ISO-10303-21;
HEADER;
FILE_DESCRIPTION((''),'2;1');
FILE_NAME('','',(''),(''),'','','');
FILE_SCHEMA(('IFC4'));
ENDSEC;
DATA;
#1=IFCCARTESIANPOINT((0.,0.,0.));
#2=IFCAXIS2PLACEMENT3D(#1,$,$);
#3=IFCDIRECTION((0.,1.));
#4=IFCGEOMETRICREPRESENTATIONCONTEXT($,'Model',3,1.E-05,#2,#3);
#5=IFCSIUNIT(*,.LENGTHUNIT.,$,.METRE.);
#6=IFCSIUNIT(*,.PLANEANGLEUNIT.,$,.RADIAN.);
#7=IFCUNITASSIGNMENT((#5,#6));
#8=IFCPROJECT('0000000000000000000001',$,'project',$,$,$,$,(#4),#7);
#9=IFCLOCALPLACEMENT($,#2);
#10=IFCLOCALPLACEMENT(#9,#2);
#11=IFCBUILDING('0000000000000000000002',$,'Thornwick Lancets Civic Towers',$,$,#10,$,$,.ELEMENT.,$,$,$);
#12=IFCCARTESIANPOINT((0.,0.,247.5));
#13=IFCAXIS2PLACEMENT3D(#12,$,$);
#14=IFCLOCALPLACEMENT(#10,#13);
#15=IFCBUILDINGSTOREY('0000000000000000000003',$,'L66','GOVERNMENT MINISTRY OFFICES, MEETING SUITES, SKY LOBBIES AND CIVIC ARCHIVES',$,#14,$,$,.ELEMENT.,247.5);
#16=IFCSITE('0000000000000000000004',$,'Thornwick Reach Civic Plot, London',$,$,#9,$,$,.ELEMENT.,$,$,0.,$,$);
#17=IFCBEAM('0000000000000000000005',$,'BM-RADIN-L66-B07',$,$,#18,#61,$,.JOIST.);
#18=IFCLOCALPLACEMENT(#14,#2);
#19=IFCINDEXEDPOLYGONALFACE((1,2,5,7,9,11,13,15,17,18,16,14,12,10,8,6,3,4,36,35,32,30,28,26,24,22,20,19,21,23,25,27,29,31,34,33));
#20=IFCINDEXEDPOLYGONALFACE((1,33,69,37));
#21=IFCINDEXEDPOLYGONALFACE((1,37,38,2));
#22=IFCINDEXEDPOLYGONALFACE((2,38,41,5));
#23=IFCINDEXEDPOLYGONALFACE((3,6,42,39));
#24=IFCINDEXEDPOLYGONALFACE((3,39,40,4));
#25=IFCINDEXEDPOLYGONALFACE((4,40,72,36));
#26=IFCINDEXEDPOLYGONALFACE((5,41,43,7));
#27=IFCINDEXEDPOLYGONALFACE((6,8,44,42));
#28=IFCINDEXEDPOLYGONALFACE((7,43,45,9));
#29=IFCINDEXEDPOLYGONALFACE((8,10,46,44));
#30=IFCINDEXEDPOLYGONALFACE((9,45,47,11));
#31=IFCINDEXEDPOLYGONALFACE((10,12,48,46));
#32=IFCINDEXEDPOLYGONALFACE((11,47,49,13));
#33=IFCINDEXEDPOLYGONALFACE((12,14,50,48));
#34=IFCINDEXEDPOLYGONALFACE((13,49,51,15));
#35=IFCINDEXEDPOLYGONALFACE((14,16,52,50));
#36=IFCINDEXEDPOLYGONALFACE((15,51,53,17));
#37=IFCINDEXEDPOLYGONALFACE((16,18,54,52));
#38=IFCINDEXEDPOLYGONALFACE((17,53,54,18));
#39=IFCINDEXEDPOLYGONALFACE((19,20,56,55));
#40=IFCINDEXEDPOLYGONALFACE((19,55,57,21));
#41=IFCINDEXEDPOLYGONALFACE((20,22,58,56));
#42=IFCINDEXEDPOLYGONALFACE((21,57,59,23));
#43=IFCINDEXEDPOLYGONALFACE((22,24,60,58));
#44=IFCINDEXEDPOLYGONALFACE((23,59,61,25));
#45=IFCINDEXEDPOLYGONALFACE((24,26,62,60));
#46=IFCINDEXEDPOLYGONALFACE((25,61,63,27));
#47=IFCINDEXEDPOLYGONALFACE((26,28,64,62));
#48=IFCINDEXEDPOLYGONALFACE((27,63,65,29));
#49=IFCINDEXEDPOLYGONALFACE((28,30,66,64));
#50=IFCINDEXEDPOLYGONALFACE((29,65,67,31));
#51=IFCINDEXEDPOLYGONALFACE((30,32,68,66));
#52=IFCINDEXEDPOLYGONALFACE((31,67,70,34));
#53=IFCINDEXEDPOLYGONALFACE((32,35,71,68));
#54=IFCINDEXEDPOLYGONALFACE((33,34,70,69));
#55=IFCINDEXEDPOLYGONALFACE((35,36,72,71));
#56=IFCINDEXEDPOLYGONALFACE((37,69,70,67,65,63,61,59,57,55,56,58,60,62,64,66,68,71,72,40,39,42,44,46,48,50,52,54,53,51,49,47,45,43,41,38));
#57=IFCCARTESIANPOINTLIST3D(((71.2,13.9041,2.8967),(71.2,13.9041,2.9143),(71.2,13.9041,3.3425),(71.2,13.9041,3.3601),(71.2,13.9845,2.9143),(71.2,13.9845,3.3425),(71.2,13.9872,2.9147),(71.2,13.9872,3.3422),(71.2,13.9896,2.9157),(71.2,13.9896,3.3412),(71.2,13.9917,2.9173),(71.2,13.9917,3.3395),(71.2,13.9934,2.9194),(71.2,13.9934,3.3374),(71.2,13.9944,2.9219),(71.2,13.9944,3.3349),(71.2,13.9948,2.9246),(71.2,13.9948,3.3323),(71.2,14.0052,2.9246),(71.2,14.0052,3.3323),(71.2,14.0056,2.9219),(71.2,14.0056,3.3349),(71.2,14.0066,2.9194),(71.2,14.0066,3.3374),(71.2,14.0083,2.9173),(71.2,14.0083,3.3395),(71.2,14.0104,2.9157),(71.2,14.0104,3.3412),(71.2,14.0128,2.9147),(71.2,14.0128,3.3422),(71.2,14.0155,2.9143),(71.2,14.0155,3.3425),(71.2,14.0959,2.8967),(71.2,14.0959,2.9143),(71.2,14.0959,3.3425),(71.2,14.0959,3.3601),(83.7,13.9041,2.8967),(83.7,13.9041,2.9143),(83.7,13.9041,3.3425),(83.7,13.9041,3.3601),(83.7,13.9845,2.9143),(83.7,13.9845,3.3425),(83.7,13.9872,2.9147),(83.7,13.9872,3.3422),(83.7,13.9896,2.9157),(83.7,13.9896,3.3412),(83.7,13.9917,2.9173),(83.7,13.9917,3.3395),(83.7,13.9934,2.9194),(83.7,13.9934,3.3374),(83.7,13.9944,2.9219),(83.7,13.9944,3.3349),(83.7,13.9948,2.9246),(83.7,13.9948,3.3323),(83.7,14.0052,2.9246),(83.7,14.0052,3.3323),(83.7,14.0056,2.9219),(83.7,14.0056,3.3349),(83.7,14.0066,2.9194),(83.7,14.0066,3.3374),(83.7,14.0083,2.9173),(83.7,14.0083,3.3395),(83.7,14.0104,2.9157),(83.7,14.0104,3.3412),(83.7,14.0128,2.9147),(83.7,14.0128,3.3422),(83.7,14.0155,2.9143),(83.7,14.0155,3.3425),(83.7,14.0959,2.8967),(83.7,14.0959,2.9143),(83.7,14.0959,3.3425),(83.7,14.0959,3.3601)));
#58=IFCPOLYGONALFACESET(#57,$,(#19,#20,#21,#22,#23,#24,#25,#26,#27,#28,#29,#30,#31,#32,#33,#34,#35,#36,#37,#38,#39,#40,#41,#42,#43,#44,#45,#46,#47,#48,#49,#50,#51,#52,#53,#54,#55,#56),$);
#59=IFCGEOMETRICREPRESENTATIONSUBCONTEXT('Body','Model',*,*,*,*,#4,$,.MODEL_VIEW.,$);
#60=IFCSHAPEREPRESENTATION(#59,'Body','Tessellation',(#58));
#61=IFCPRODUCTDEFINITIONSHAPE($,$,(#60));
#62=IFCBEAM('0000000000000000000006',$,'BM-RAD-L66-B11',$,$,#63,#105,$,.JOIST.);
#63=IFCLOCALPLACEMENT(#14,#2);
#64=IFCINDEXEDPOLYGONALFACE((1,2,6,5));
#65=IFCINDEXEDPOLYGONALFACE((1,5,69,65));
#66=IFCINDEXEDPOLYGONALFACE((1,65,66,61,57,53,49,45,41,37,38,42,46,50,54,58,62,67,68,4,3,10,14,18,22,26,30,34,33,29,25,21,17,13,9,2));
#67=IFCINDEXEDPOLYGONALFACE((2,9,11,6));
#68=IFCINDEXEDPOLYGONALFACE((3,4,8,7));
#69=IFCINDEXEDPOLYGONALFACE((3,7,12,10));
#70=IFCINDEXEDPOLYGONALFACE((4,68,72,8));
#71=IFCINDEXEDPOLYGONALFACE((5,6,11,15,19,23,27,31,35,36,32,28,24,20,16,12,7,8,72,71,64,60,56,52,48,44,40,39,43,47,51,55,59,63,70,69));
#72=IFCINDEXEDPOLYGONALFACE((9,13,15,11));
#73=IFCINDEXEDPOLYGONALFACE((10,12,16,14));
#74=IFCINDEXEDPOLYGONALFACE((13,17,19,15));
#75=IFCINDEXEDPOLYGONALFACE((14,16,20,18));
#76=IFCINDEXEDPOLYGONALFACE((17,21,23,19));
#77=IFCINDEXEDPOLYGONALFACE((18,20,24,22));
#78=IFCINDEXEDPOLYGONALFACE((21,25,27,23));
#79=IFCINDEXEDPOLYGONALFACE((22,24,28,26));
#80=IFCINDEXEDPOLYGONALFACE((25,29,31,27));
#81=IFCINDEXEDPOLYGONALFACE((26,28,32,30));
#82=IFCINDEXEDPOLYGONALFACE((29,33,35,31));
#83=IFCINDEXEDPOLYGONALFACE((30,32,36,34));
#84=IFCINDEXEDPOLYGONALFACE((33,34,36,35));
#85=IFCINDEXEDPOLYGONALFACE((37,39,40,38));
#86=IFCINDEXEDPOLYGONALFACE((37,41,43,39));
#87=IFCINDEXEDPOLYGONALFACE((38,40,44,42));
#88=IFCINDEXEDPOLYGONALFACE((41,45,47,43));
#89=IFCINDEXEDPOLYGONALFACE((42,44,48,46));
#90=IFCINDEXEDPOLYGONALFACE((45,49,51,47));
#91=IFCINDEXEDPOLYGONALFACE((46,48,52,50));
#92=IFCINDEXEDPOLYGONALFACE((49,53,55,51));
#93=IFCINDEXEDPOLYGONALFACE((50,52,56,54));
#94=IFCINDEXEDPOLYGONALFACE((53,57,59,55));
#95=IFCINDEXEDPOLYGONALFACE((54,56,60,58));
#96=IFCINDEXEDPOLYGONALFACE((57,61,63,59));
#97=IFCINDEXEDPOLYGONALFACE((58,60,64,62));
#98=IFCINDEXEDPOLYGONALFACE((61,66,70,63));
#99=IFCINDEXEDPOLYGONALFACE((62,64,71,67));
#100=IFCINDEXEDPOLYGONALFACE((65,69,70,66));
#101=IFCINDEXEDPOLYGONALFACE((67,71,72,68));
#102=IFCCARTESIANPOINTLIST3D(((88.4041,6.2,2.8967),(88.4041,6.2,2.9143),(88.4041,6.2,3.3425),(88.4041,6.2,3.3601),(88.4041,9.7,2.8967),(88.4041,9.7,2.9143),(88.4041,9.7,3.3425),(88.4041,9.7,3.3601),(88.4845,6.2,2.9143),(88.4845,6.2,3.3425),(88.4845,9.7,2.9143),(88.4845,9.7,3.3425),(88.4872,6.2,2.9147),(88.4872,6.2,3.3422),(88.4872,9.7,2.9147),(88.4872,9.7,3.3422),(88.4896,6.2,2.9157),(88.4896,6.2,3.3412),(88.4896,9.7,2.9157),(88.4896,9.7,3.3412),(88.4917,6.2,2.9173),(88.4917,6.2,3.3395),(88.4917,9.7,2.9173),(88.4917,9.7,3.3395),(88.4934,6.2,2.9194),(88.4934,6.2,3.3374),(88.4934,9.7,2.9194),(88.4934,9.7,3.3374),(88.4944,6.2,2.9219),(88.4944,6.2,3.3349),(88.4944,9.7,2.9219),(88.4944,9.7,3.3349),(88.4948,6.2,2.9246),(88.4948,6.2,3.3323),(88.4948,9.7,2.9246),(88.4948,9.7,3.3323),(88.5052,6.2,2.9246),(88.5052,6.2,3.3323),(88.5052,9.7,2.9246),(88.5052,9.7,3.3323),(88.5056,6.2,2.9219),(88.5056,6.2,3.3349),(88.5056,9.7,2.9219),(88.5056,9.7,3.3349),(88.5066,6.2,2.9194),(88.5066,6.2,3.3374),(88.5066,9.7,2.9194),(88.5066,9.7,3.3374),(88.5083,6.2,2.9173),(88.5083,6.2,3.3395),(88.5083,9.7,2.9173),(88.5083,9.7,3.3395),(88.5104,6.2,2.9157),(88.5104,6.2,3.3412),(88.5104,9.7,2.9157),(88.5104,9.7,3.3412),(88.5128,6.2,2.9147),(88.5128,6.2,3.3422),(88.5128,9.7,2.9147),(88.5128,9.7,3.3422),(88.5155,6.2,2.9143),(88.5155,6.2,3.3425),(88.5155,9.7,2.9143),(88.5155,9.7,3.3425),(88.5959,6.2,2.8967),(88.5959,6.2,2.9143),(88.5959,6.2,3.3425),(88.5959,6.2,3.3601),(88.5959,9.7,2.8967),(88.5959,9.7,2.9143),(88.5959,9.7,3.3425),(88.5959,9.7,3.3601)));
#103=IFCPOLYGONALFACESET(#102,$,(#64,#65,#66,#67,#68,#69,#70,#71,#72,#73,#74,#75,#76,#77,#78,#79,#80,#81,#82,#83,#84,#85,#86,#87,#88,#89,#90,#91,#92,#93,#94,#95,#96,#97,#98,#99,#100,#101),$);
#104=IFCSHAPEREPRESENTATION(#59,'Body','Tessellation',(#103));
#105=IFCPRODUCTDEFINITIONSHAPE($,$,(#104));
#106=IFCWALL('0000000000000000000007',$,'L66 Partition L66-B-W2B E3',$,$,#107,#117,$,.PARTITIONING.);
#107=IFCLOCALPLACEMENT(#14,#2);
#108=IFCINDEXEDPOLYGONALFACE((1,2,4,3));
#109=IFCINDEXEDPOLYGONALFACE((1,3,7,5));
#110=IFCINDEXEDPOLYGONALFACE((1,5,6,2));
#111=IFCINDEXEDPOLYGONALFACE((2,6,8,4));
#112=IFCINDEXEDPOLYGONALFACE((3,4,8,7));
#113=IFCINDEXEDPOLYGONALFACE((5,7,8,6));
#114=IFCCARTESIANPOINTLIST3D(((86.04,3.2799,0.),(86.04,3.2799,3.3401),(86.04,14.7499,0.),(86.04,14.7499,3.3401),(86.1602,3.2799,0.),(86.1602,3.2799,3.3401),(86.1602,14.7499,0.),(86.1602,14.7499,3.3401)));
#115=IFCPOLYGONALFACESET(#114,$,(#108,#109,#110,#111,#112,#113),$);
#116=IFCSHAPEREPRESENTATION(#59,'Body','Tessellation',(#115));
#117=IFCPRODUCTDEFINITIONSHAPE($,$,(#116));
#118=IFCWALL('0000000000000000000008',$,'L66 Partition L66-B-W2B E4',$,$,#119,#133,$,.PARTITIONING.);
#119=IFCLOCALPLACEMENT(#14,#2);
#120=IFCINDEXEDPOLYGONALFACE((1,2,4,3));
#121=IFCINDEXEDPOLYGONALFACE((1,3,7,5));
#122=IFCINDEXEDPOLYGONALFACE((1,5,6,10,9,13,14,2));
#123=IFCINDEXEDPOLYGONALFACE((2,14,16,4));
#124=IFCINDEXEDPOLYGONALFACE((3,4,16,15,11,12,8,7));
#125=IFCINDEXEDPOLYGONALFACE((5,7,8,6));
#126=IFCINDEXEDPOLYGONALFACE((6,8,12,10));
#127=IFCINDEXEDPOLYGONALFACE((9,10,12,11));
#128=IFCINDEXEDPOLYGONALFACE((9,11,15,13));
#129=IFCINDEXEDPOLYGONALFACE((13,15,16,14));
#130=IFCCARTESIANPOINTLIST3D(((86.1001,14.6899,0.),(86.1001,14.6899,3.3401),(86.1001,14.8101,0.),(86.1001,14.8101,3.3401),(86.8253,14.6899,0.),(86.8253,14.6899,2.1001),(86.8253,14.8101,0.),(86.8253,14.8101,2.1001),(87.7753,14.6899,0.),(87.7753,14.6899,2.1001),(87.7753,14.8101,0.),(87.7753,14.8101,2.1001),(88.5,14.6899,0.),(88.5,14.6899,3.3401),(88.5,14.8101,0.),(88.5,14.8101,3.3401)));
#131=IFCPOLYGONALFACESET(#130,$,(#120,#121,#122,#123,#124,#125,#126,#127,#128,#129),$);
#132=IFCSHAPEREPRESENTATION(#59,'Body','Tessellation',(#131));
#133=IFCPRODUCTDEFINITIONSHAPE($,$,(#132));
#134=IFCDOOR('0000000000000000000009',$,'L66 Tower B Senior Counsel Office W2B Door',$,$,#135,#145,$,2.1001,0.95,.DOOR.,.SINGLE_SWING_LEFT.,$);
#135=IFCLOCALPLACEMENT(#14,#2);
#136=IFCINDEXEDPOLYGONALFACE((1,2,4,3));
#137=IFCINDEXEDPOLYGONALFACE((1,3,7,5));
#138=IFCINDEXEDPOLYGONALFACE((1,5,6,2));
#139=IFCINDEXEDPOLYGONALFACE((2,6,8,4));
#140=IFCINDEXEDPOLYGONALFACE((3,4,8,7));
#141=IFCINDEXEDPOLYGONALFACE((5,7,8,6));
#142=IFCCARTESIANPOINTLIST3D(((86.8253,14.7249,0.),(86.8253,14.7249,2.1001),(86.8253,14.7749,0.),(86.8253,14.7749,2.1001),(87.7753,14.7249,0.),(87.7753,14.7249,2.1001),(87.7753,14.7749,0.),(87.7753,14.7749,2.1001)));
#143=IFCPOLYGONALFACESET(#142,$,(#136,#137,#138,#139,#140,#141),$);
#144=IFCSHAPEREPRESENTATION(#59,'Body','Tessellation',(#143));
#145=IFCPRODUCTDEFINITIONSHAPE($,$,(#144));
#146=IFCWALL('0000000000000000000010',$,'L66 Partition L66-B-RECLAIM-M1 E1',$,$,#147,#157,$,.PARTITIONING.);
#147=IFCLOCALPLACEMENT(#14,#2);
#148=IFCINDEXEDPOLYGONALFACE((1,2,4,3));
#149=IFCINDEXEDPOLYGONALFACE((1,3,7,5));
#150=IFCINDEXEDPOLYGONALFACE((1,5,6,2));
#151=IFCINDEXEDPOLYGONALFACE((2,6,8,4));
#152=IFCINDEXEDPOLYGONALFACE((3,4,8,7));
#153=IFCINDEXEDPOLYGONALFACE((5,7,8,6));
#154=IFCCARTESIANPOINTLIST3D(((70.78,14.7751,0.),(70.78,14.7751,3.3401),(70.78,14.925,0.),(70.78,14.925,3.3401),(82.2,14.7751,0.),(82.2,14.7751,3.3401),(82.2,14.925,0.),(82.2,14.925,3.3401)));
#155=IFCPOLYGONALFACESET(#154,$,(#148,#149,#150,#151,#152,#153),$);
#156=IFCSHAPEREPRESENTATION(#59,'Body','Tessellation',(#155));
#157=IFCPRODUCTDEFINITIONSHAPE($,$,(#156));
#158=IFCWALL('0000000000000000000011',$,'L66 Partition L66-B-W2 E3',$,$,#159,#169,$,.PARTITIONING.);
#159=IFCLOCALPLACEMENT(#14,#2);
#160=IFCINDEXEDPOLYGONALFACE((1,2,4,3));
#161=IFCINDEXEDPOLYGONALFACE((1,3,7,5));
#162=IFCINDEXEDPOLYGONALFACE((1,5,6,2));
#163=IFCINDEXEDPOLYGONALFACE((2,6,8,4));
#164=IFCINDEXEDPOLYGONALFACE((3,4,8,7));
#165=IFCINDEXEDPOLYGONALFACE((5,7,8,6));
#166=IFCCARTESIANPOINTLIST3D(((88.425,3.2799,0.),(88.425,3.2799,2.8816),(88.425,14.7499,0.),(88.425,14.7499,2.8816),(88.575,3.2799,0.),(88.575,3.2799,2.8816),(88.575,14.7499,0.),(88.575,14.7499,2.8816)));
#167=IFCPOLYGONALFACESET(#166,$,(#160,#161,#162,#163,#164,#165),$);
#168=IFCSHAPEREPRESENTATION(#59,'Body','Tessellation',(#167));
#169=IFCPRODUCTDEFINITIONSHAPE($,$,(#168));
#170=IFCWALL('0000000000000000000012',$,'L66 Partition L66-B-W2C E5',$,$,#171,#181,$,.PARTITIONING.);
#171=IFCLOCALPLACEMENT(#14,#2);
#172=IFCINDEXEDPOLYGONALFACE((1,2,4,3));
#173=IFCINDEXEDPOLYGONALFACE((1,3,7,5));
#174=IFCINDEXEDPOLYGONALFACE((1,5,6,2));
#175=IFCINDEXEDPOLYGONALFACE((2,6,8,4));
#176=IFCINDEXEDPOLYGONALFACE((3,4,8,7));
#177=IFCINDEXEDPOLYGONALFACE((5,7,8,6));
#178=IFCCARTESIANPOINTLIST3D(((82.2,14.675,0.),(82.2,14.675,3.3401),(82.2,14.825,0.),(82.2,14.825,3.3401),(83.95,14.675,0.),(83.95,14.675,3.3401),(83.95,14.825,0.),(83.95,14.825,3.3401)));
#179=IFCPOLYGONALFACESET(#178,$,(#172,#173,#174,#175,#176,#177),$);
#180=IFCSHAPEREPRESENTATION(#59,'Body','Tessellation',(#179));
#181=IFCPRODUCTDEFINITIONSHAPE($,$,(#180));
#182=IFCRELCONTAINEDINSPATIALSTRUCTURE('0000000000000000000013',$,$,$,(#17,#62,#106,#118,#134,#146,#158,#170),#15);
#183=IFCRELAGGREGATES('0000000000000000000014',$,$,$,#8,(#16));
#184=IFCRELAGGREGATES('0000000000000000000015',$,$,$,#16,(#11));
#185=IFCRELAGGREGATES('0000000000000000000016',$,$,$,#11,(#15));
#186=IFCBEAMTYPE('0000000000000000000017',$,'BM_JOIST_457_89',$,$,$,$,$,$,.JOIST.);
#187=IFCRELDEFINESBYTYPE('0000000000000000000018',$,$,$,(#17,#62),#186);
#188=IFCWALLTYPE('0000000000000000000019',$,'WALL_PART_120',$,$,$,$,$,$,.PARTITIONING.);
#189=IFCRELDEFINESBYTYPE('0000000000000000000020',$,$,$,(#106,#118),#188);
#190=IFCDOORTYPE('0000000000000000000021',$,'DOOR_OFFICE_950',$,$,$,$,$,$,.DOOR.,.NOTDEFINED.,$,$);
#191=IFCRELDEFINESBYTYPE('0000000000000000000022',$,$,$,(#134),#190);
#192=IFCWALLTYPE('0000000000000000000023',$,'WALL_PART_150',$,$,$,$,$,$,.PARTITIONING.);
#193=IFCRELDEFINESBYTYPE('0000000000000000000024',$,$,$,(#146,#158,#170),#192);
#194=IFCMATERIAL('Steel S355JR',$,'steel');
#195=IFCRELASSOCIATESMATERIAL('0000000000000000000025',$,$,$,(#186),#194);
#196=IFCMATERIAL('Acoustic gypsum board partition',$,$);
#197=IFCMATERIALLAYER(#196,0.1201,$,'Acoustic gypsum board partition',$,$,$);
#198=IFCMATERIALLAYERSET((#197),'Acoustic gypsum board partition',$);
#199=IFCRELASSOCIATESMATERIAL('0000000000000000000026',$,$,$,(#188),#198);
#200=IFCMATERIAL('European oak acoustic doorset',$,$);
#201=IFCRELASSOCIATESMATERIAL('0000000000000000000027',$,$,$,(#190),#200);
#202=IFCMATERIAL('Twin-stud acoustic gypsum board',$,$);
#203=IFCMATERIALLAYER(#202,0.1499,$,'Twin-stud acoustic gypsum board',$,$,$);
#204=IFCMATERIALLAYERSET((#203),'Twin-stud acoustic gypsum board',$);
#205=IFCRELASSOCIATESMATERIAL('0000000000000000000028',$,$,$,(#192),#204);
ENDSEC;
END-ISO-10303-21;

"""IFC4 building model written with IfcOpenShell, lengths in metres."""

from ifc_helpers import new_model, si_unit, direction, frame, frame_2d, origin, origin_2d, place, context, subcontext, project, spatial, rectangle, i_section, extrude, material, layer, layer_set, material_profile, profile_set, type_object, element, fill, save


model = new_model("IFC4")

# Units and contexts
model_context = context("Model", 3, precision=1e-05, world=origin(), true_north=direction((0.0, 1.0)))
body_context = subcontext(model_context, "Body", "Model", "MODEL_VIEW")
ifc_project = project(units=[si_unit("LENGTHUNIT", "METRE"), si_unit("PLANEANGLEUNIT", "RADIAN")], contexts=[model_context])

# Site, building, storey
site_placement = place(None, origin())
site = spatial("IfcSite", under=ifc_project, at=site_placement, Name="Thornwick Reach Civic Plot, London", CompositionType="ELEMENT", RefElevation=0.0)
building_placement = place(site_placement, origin())
building = spatial("IfcBuilding", under=site, at=building_placement, Name="Thornwick Lancets Civic Towers", CompositionType="ELEMENT")
storey_placement = place(building_placement, frame((0.0, 0.0, 247.5)))
storey = spatial("IfcBuildingStorey", under=building, at=storey_placement, Name="L66", Description="GOVERNMENT MINISTRY OFFICES, MEETING SUITES, SKY LOBBIES AND CIVIC ARCHIVES", CompositionType="ELEMENT", Elevation=247.5)

# Shared definitions
ifc_material_1 = material(Name="Steel S355JR", Category="steel")

# Beams
ifc_material_profile_1 = material_profile(ifc_material_1, i_section(OverallWidth=0.1919, OverallDepth=0.4634, WebThickness=0.0105, FlangeThickness=0.0176, FilletRadius=0.0103, at=origin_2d()), Name="UKB 457x191x89")
ifc_profile_set_1 = profile_set([ifc_material_profile_1], Name="Steel S355JR")
beam_type_1 = type_object("IfcBeamType", Name="BM_JOIST_457_89", PredefinedType="JOIST", material=ifc_profile_set_1)
beam_1_placement = place(storey_placement, frame((83.7, 14.0, 3.1284), z_axis=(-1.0, 0.0, 0.0), x_axis=(0.0, -1.0, 0.0)))
element("IfcBeam", 1, at=beam_1_placement, inside=storey, type_object=beam_type_1, Name="BM-RADIN-L66-B07", PredefinedType="JOIST", context=body_context, shape_type="SweptSolid", body=[
    extrude(i_section(OverallWidth=0.1919, OverallDepth=0.4634, WebThickness=0.0105, FlangeThickness=0.0176, FilletRadius=0.0103, at=origin_2d()), origin(), (0.0, 0.0, 1.0), 12.5),
])
beam_2_placement = place(storey_placement, frame((88.5, 9.7, 3.1284), z_axis=(0.0, -1.0, 0.0), x_axis=(1.0, 0.0, 0.0)))
element("IfcBeam", 2, at=beam_2_placement, inside=storey, type_object=beam_type_1, Name="BM-RAD-L66-B11", PredefinedType="JOIST", context=body_context, shape_type="SweptSolid", body=[
    extrude(i_section(OverallWidth=0.1919, OverallDepth=0.4634, WebThickness=0.0105, FlangeThickness=0.0176, FilletRadius=0.0103, at=origin_2d()), origin(), (0.0, 0.0, 1.0), 3.5),
])

# Wall
ifc_material_2 = material(Name="Acoustic gypsum board partition")
ifc_layer_1 = layer(ifc_material_2, 0.1201, Name="Acoustic gypsum board partition")
ifc_layer_set_1 = layer_set([ifc_layer_1], Name="Acoustic gypsum board partition")
wall_type_1 = type_object("IfcWallType", Name="WALL_PART_120", PredefinedType="PARTITIONING", material=ifc_layer_set_1)
wall_1_placement = place(storey_placement, frame((86.1001, 3.28, 0.0), z_axis=(0.0, 0.0, 1.0), x_axis=(0.0, 1.0, 0.0)))
element("IfcWall", 3, at=wall_1_placement, inside=storey, type_object=wall_type_1, Name="L66 Partition L66-B-W2B E3", PredefinedType="PARTITIONING", context=body_context, shape_type="SweptSolid", body=[
    extrude(rectangle(XDim=11.47, YDim=0.1201, at=frame_2d((5.7349, 0.0))), origin(), (0.0, 0.0, 1.0), 3.3401),
])

# Wall, opening, door
wall_2_placement = place(storey_placement, frame((86.1001, 14.75, 0.0), z_axis=(0.0, 0.0, 1.0), x_axis=(1.0, 0.0, 0.0)))
wall_2 = element("IfcWall", 4, at=wall_2_placement, inside=storey, type_object=wall_type_1, Name="L66 Partition L66-B-W2B E4", PredefinedType="PARTITIONING", context=body_context, shape_type="SweptSolid", body=[
    extrude(rectangle(XDim=2.3999, YDim=0.1201, at=frame_2d((1.2, 0.0))), origin(), (0.0, 0.0, 1.0), 3.3401),
])
opening_1_placement = place(wall_2_placement, frame((0.7251, 0.0, 0.0)))
opening_1 = element("IfcOpeningElement", 5, at=opening_1_placement, cuts=wall_2, PredefinedType="OPENING", context=body_context, shape_type="SweptSolid", body=[
    extrude(rectangle(XDim=0.95, YDim=2.1001, at=frame_2d((0.4751, 1.05))), frame((0.0, 0.0701, 0.0), z_axis=(0.0, -1.0, 0.0), x_axis=(1.0, 0.0, 0.0)), (0.0, 0.0, 1.0), 0.1401),
])
ifc_material_3 = material(Name="European oak acoustic doorset")
door_type_1 = type_object("IfcDoorType", Name="DOOR_OFFICE_950", OperationType="NOTDEFINED", PredefinedType="DOOR", material=ifc_material_3)
door_1_placement = place(opening_1_placement, origin())
door_1 = element("IfcDoor", 6, at=door_1_placement, inside=storey, type_object=door_type_1, Name="L66 Tower B Senior Counsel Office W2B Door", OperationType="SINGLE_SWING_LEFT", OverallHeight=2.1001, OverallWidth=0.95, PredefinedType="DOOR", context=body_context, shape_type="SweptSolid", body=[
    extrude(rectangle(XDim=0.95, YDim=2.1001, at=frame_2d((0.4751, 1.05))), frame((0.0, 0.0249, 0.0), z_axis=(0.0, -1.0, 0.0), x_axis=(1.0, 0.0, 0.0)), (0.0, 0.0, 1.0), 0.05),
])
fill(opening_1, door_1)

# Walls
ifc_material_4 = material(Name="Twin-stud acoustic gypsum board")
ifc_layer_2 = layer(ifc_material_4, 0.1499, Name="Twin-stud acoustic gypsum board")
ifc_layer_set_2 = layer_set([ifc_layer_2], Name="Twin-stud acoustic gypsum board")
wall_type_2 = type_object("IfcWallType", Name="WALL_PART_150", PredefinedType="PARTITIONING", material=ifc_layer_set_2)
wall_3_placement = place(storey_placement, frame((82.2, 14.8501, 0.0), z_axis=(0.0, 0.0, 1.0), x_axis=(-1.0, 0.0, 0.0)))
element("IfcWall", 7, at=wall_3_placement, inside=storey, type_object=wall_type_2, Name="L66 Partition L66-B-RECLAIM-M1 E1", PredefinedType="PARTITIONING", context=body_context, shape_type="SweptSolid", body=[
    extrude(rectangle(XDim=11.4199, YDim=0.1499, at=frame_2d((5.71, 0.0))), origin(), (0.0, 0.0, 1.0), 3.3401),
])
wall_4_placement = place(storey_placement, frame((88.5, 3.28, 0.0), z_axis=(0.0, 0.0, 1.0), x_axis=(0.0, 1.0, 0.0)))
element("IfcWall", 8, at=wall_4_placement, inside=storey, type_object=wall_type_2, Name="L66 Partition L66-B-W2 E3", PredefinedType="PARTITIONING", context=body_context, shape_type="SweptSolid", body=[
    extrude(rectangle(XDim=11.47, YDim=0.1499, at=frame_2d((5.7349, 0.0))), origin(), (0.0, 0.0, 1.0), 2.8816),
])

# Wall
wall_5_placement = place(storey_placement, frame((82.2, 14.75, 0.0), z_axis=(0.0, 0.0, 1.0), x_axis=(1.0, 0.0, 0.0)))
element("IfcWall", 9, at=wall_5_placement, inside=storey, type_object=wall_type_2, Name="L66 Partition L66-B-W2C E5", PredefinedType="PARTITIONING", context=body_context, shape_type="SweptSolid", body=[
    extrude(rectangle(XDim=1.75, YDim=0.1499, at=frame_2d((0.875, 0.0))), origin(), (0.0, 0.0, 1.0), 3.3401),
])

save(model, "model.ifc")
